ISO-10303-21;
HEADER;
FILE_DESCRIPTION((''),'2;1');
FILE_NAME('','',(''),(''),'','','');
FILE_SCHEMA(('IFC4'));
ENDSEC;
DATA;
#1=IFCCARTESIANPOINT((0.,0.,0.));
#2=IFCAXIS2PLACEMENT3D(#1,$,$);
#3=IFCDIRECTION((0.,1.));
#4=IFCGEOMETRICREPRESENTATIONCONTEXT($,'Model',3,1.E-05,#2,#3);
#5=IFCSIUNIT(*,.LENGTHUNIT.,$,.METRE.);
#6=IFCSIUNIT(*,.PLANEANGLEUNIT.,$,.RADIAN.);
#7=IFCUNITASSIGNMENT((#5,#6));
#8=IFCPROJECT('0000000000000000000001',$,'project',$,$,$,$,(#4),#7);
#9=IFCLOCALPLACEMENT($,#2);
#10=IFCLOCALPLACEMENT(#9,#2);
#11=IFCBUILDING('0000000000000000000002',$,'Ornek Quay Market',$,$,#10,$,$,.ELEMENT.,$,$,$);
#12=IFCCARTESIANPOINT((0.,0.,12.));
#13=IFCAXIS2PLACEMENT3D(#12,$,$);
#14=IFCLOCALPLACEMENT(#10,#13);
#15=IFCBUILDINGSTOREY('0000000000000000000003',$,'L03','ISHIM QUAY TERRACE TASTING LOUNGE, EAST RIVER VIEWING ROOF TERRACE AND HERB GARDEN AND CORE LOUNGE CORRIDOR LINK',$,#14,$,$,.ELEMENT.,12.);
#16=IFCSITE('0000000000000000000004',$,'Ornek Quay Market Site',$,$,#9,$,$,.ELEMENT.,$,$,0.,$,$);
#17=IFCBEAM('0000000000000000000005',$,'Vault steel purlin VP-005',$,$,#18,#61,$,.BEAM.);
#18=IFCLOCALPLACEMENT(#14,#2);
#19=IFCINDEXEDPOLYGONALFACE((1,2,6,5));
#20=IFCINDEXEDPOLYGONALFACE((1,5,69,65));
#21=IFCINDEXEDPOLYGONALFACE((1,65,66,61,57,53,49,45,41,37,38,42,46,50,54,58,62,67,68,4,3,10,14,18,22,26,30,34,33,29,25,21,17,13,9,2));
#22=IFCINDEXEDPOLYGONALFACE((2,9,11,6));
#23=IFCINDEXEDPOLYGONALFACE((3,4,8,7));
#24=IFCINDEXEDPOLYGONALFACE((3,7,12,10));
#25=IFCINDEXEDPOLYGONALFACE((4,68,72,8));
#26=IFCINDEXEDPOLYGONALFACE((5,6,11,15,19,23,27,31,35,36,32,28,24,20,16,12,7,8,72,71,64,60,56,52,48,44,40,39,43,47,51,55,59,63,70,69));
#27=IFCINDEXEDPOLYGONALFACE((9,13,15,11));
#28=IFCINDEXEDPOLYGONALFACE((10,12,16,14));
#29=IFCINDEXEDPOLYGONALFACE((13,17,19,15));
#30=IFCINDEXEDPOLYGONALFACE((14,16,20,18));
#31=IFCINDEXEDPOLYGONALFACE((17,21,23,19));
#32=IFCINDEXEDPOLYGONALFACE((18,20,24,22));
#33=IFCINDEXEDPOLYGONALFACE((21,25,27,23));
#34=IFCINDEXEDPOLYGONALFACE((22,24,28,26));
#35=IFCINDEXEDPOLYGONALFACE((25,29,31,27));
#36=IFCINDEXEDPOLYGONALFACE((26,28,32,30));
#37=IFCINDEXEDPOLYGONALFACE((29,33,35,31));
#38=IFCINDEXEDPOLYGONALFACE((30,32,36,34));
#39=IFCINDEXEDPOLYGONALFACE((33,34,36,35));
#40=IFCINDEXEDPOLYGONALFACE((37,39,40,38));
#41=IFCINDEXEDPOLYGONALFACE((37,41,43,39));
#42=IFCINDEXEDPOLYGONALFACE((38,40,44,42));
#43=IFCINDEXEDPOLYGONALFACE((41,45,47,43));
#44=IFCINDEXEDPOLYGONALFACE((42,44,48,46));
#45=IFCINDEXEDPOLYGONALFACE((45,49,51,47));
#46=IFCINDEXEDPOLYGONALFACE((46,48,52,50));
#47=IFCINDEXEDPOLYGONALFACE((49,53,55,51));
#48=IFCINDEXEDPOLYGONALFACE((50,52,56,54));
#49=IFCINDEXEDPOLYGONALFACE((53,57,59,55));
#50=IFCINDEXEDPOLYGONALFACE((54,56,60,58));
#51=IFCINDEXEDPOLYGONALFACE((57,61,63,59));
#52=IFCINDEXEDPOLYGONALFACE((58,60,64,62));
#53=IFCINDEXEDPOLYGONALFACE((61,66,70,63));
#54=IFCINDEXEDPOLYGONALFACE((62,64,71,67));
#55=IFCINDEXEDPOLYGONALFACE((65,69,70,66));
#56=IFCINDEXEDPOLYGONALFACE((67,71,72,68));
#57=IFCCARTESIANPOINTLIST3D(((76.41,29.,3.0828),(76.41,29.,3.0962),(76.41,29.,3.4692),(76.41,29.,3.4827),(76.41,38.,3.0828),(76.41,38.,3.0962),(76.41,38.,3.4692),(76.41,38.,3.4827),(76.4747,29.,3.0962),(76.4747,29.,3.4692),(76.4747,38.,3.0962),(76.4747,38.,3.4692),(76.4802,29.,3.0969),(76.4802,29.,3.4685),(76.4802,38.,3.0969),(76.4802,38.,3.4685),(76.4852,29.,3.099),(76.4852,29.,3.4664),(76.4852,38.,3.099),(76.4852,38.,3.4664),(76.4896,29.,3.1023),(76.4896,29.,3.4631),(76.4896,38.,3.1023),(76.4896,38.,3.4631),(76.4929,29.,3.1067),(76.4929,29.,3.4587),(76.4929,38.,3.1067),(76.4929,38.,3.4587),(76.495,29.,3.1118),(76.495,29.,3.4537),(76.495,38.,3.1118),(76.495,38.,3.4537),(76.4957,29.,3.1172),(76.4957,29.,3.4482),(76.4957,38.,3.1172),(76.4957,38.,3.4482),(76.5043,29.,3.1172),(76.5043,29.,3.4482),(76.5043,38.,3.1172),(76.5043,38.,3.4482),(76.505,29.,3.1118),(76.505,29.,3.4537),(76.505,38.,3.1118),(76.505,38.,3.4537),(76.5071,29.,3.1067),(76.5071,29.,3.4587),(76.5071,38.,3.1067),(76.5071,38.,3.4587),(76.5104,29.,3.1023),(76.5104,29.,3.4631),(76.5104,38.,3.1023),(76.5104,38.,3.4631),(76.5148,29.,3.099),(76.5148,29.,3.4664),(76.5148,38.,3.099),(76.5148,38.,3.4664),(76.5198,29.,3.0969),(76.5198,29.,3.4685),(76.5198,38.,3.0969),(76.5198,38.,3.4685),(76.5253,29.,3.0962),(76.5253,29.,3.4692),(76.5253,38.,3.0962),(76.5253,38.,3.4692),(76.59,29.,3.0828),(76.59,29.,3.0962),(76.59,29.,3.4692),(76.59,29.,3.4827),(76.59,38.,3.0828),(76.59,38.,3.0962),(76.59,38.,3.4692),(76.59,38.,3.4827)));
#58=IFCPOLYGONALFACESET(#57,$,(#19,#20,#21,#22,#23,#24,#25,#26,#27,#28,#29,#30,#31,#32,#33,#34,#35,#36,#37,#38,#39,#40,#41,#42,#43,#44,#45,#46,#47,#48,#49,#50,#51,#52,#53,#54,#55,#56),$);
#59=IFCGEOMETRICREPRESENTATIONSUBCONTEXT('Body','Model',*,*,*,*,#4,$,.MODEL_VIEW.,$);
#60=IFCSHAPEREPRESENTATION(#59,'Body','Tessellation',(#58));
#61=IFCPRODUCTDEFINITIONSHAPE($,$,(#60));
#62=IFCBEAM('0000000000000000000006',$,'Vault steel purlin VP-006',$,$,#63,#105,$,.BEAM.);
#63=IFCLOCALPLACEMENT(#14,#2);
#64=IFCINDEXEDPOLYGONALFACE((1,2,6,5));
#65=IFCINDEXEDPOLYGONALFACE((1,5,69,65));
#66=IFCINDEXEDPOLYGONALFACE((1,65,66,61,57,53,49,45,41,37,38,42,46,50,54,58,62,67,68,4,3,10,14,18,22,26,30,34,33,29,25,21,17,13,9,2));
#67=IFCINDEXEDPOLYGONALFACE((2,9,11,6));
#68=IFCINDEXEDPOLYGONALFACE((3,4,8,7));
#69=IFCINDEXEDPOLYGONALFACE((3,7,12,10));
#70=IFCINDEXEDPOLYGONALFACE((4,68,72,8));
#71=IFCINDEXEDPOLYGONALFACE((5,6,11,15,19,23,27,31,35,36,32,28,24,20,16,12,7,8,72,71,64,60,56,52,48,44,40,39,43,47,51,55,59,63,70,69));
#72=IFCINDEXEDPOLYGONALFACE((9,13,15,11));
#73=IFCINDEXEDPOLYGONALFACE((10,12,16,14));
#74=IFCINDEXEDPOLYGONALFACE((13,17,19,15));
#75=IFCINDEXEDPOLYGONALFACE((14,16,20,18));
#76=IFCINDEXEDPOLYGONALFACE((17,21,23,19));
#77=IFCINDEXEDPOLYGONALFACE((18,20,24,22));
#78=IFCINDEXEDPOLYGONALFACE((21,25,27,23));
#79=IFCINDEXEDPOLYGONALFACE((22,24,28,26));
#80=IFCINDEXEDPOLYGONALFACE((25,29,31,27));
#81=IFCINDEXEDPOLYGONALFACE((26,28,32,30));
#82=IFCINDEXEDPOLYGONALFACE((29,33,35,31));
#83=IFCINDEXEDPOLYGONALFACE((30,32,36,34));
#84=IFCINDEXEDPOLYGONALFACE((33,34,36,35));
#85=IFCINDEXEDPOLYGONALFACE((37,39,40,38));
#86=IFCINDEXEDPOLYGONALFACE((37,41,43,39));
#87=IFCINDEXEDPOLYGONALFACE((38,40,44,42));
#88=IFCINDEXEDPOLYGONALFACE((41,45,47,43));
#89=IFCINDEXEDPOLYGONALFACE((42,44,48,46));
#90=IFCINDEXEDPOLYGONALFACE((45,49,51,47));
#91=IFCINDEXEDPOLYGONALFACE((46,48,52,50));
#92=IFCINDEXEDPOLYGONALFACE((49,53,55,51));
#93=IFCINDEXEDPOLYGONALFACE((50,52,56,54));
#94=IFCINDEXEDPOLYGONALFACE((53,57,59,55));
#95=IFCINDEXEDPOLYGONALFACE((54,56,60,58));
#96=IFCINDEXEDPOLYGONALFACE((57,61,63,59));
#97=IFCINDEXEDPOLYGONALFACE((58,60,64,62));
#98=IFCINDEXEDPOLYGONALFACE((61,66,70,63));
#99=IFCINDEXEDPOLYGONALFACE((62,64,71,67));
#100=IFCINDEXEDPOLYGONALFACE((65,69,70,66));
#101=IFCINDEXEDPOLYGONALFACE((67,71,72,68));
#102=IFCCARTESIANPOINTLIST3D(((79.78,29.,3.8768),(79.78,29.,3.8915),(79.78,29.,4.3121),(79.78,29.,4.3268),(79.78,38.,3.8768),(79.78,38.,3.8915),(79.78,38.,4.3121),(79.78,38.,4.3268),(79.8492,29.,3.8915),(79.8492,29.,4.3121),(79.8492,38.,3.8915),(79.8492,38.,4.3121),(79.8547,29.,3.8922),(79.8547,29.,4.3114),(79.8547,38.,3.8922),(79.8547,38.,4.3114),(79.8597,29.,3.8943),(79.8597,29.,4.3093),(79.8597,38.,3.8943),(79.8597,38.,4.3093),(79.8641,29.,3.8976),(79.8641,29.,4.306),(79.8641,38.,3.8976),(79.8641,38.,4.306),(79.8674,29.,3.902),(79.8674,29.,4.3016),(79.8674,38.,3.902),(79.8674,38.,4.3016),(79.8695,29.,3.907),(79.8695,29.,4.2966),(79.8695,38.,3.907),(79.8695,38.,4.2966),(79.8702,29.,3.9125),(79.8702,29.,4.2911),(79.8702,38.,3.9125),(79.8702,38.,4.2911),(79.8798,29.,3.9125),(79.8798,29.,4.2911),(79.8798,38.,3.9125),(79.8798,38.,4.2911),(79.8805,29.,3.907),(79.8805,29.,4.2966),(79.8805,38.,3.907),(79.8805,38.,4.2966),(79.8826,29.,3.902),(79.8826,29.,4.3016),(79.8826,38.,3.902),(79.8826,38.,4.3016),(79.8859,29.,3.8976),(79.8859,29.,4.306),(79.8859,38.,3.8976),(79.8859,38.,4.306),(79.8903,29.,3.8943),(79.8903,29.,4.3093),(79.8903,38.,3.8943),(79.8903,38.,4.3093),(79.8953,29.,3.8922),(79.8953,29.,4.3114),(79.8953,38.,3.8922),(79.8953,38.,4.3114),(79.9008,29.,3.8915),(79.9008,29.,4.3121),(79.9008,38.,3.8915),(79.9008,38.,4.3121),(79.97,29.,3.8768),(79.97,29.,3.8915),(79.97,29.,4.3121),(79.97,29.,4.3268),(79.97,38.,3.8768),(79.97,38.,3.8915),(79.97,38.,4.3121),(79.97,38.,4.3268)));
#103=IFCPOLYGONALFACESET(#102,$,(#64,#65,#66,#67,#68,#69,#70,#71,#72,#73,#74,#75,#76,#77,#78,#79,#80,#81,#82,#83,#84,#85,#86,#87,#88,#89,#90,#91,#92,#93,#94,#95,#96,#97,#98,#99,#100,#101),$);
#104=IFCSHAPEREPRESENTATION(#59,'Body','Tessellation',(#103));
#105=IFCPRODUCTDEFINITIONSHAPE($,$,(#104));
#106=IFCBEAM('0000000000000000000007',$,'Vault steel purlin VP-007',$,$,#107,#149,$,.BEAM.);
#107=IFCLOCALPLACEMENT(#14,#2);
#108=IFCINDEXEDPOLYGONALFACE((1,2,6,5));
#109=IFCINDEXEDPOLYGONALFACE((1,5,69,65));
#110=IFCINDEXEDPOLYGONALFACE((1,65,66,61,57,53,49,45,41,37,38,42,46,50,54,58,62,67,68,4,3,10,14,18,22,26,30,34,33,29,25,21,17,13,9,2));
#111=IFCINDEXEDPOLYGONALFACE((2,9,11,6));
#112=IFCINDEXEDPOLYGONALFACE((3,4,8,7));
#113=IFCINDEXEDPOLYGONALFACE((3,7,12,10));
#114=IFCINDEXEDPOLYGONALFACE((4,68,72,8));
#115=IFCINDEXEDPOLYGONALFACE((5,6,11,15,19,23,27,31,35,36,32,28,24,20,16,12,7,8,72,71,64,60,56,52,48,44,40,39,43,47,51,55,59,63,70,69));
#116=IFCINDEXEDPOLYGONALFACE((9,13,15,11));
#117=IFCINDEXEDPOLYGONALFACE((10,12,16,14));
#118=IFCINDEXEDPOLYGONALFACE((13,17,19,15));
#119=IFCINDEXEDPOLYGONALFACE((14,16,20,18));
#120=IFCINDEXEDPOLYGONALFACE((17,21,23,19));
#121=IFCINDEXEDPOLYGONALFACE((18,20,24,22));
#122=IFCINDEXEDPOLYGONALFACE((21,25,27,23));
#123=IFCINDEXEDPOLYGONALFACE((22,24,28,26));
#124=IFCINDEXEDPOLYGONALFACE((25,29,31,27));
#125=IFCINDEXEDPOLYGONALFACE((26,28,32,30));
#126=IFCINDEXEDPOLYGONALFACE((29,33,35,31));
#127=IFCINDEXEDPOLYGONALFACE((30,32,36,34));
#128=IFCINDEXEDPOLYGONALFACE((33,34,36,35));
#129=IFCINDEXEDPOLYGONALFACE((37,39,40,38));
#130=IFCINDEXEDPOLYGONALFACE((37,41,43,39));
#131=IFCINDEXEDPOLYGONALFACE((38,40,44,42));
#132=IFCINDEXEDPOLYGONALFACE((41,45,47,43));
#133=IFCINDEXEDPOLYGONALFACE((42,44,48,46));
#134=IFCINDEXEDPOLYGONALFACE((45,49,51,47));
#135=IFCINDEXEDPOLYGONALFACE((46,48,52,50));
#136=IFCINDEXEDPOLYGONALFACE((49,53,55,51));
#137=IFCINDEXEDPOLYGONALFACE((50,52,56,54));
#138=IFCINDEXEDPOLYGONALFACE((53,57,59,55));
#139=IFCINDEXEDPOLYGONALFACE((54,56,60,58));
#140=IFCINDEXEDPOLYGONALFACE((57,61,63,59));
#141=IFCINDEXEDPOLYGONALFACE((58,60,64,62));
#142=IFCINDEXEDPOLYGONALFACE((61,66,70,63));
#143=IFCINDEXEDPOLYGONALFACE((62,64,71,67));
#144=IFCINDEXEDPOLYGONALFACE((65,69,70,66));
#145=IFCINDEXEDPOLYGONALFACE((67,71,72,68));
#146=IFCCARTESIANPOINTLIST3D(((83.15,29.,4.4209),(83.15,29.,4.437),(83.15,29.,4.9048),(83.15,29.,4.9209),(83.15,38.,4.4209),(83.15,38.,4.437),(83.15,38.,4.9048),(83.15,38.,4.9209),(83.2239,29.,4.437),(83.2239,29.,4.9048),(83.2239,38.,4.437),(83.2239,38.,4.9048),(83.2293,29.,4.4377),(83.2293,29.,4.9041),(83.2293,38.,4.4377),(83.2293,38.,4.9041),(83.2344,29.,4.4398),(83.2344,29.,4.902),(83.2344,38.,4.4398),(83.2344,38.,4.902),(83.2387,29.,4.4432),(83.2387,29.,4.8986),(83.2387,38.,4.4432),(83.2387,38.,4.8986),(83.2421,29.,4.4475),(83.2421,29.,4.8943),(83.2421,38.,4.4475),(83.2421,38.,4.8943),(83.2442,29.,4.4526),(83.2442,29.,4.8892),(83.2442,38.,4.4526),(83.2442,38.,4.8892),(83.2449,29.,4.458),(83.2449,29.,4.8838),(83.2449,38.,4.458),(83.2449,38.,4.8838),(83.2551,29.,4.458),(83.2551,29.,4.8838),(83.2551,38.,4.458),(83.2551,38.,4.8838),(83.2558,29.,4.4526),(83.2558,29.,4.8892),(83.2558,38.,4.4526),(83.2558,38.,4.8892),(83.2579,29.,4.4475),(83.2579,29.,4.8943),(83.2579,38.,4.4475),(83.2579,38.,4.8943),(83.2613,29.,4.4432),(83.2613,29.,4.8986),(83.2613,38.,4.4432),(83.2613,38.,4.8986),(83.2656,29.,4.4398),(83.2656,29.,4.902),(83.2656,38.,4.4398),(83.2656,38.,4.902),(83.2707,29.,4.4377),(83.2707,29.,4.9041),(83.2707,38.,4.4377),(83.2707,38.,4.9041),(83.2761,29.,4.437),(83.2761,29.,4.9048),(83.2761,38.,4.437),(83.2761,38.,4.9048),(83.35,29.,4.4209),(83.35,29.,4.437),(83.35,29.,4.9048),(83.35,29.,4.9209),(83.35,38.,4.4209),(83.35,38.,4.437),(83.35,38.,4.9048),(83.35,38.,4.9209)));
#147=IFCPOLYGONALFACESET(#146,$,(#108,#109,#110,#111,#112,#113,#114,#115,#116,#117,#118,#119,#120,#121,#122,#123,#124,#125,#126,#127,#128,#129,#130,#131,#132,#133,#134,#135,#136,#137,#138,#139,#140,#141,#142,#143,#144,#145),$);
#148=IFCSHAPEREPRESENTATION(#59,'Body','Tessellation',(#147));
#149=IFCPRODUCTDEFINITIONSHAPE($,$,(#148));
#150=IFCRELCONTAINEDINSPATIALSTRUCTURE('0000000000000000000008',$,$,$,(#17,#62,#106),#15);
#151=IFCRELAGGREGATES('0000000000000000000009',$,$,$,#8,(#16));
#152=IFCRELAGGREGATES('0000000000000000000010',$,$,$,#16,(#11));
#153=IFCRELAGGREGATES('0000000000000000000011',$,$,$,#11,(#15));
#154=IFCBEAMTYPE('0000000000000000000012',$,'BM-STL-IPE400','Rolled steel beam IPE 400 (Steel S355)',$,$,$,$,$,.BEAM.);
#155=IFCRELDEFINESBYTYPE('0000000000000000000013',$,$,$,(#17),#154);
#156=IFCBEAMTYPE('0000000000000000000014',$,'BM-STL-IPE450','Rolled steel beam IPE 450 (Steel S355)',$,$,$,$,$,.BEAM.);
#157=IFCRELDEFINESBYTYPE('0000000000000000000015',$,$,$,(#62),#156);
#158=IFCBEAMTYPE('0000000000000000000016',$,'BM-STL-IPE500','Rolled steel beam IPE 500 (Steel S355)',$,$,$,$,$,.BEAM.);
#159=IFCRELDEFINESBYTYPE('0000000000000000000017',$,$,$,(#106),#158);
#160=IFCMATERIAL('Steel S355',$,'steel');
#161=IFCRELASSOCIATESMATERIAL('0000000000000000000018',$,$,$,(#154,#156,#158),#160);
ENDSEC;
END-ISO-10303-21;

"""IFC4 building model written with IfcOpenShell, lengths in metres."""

from ifc_helpers import new_model, si_unit, direction, frame, origin, origin_2d, place, context, subcontext, project, spatial, i_section, extrude, material, material_profile, profile_set, type_object, element, save


model = new_model("IFC4")

# Units and contexts
model_context = context("Model", 3, precision=1e-05, world=origin(), true_north=direction((0.0, 1.0)))
body_context = subcontext(model_context, "Body", "Model", "MODEL_VIEW")
ifc_project = project(units=[si_unit("LENGTHUNIT", "METRE"), si_unit("PLANEANGLEUNIT", "RADIAN")], contexts=[model_context])

# Site, building, storey
site_placement = place(None, origin())
site = spatial("IfcSite", under=ifc_project, at=site_placement, Name="Ornek Quay Market Site", CompositionType="ELEMENT", RefElevation=0.0)
building_placement = place(site_placement, origin())
building = spatial("IfcBuilding", under=site, at=building_placement, Name="Ornek Quay Market", CompositionType="ELEMENT")
storey_placement = place(building_placement, frame((0.0, 0.0, 12.0)))
storey = spatial("IfcBuildingStorey", under=building, at=storey_placement, Name="L03", Description="ISHIM QUAY TERRACE TASTING LOUNGE, EAST RIVER VIEWING ROOF TERRACE AND HERB GARDEN AND CORE LOUNGE CORRIDOR LINK", CompositionType="ELEMENT", Elevation=12.0)

# Beams
ifc_material_1 = material(Name="Steel S355", Category="steel")
ifc_material_profile_1 = material_profile(ifc_material_1, i_section(OverallWidth=0.1799, OverallDepth=0.3999, WebThickness=0.0085, FlangeThickness=0.0134, FilletRadius=0.021, at=origin_2d()), Name="IPE 400", Category="steel")
ifc_profile_set_1 = profile_set([ifc_material_profile_1], Name="Steel S355")
beam_type_1 = type_object("IfcBeamType", Name="BM-STL-IPE400", Description="Rolled steel beam IPE 400 (Steel S355)", PredefinedType="BEAM", material=ifc_profile_set_1)
beam_1_placement = place(storey_placement, frame((76.5, 29.0, 3.2827), z_axis=(0.0, 1.0, 0.0), x_axis=(-1.0, 0.0, 0.0)))
element("IfcBeam", 1, at=beam_1_placement, inside=storey, type_object=beam_type_1, Name="Vault steel purlin VP-005", PredefinedType="BEAM", context=body_context, shape_type="SweptSolid", body=[
    extrude(i_section(OverallWidth=0.1799, OverallDepth=0.3999, WebThickness=0.0085, FlangeThickness=0.0134, FilletRadius=0.021, at=origin_2d()), origin(), (0.0, 0.0, 1.0), 9.0),
])
ifc_material_profile_2 = material_profile(ifc_material_1, i_section(OverallWidth=0.1899, OverallDepth=0.45, WebThickness=0.0095, FlangeThickness=0.0146, FilletRadius=0.021, at=origin_2d()), Name="IPE 450", Category="steel")
ifc_profile_set_2 = profile_set([ifc_material_profile_2], Name="Steel S355")
beam_type_2 = type_object("IfcBeamType", Name="BM-STL-IPE450", Description="Rolled steel beam IPE 450 (Steel S355)", PredefinedType="BEAM", material=ifc_profile_set_2)
beam_2_placement = place(storey_placement, frame((79.875, 29.0, 4.1018), z_axis=(0.0, 1.0, 0.0), x_axis=(-1.0, 0.0, 0.0)))
element("IfcBeam", 2, at=beam_2_placement, inside=storey, type_object=beam_type_2, Name="Vault steel purlin VP-006", PredefinedType="BEAM", context=body_context, shape_type="SweptSolid", body=[
    extrude(i_section(OverallWidth=0.1899, OverallDepth=0.45, WebThickness=0.0095, FlangeThickness=0.0146, FilletRadius=0.021, at=origin_2d()), origin(), (0.0, 0.0, 1.0), 9.0),
])
ifc_material_profile_3 = material_profile(ifc_material_1, i_section(OverallWidth=0.2, OverallDepth=0.5, WebThickness=0.0103, FlangeThickness=0.0161, FilletRadius=0.021, at=origin_2d()), Name="IPE 500", Category="steel")
ifc_profile_set_3 = profile_set([ifc_material_profile_3], Name="Steel S355")
beam_type_3 = type_object("IfcBeamType", Name="BM-STL-IPE500", Description="Rolled steel beam IPE 500 (Steel S355)", PredefinedType="BEAM", material=ifc_profile_set_3)
beam_3_placement = place(storey_placement, frame((83.25, 29.0, 4.6709), z_axis=(0.0, 1.0, 0.0), x_axis=(-1.0, 0.0, 0.0)))
element("IfcBeam", 3, at=beam_3_placement, inside=storey, type_object=beam_type_3, Name="Vault steel purlin VP-007", PredefinedType="BEAM", context=body_context, shape_type="SweptSolid", body=[
    extrude(i_section(OverallWidth=0.2, OverallDepth=0.5, WebThickness=0.0103, FlangeThickness=0.0161, FilletRadius=0.021, at=origin_2d()), origin(), (0.0, 0.0, 1.0), 9.0),
])

save(model, "model.ifc")
